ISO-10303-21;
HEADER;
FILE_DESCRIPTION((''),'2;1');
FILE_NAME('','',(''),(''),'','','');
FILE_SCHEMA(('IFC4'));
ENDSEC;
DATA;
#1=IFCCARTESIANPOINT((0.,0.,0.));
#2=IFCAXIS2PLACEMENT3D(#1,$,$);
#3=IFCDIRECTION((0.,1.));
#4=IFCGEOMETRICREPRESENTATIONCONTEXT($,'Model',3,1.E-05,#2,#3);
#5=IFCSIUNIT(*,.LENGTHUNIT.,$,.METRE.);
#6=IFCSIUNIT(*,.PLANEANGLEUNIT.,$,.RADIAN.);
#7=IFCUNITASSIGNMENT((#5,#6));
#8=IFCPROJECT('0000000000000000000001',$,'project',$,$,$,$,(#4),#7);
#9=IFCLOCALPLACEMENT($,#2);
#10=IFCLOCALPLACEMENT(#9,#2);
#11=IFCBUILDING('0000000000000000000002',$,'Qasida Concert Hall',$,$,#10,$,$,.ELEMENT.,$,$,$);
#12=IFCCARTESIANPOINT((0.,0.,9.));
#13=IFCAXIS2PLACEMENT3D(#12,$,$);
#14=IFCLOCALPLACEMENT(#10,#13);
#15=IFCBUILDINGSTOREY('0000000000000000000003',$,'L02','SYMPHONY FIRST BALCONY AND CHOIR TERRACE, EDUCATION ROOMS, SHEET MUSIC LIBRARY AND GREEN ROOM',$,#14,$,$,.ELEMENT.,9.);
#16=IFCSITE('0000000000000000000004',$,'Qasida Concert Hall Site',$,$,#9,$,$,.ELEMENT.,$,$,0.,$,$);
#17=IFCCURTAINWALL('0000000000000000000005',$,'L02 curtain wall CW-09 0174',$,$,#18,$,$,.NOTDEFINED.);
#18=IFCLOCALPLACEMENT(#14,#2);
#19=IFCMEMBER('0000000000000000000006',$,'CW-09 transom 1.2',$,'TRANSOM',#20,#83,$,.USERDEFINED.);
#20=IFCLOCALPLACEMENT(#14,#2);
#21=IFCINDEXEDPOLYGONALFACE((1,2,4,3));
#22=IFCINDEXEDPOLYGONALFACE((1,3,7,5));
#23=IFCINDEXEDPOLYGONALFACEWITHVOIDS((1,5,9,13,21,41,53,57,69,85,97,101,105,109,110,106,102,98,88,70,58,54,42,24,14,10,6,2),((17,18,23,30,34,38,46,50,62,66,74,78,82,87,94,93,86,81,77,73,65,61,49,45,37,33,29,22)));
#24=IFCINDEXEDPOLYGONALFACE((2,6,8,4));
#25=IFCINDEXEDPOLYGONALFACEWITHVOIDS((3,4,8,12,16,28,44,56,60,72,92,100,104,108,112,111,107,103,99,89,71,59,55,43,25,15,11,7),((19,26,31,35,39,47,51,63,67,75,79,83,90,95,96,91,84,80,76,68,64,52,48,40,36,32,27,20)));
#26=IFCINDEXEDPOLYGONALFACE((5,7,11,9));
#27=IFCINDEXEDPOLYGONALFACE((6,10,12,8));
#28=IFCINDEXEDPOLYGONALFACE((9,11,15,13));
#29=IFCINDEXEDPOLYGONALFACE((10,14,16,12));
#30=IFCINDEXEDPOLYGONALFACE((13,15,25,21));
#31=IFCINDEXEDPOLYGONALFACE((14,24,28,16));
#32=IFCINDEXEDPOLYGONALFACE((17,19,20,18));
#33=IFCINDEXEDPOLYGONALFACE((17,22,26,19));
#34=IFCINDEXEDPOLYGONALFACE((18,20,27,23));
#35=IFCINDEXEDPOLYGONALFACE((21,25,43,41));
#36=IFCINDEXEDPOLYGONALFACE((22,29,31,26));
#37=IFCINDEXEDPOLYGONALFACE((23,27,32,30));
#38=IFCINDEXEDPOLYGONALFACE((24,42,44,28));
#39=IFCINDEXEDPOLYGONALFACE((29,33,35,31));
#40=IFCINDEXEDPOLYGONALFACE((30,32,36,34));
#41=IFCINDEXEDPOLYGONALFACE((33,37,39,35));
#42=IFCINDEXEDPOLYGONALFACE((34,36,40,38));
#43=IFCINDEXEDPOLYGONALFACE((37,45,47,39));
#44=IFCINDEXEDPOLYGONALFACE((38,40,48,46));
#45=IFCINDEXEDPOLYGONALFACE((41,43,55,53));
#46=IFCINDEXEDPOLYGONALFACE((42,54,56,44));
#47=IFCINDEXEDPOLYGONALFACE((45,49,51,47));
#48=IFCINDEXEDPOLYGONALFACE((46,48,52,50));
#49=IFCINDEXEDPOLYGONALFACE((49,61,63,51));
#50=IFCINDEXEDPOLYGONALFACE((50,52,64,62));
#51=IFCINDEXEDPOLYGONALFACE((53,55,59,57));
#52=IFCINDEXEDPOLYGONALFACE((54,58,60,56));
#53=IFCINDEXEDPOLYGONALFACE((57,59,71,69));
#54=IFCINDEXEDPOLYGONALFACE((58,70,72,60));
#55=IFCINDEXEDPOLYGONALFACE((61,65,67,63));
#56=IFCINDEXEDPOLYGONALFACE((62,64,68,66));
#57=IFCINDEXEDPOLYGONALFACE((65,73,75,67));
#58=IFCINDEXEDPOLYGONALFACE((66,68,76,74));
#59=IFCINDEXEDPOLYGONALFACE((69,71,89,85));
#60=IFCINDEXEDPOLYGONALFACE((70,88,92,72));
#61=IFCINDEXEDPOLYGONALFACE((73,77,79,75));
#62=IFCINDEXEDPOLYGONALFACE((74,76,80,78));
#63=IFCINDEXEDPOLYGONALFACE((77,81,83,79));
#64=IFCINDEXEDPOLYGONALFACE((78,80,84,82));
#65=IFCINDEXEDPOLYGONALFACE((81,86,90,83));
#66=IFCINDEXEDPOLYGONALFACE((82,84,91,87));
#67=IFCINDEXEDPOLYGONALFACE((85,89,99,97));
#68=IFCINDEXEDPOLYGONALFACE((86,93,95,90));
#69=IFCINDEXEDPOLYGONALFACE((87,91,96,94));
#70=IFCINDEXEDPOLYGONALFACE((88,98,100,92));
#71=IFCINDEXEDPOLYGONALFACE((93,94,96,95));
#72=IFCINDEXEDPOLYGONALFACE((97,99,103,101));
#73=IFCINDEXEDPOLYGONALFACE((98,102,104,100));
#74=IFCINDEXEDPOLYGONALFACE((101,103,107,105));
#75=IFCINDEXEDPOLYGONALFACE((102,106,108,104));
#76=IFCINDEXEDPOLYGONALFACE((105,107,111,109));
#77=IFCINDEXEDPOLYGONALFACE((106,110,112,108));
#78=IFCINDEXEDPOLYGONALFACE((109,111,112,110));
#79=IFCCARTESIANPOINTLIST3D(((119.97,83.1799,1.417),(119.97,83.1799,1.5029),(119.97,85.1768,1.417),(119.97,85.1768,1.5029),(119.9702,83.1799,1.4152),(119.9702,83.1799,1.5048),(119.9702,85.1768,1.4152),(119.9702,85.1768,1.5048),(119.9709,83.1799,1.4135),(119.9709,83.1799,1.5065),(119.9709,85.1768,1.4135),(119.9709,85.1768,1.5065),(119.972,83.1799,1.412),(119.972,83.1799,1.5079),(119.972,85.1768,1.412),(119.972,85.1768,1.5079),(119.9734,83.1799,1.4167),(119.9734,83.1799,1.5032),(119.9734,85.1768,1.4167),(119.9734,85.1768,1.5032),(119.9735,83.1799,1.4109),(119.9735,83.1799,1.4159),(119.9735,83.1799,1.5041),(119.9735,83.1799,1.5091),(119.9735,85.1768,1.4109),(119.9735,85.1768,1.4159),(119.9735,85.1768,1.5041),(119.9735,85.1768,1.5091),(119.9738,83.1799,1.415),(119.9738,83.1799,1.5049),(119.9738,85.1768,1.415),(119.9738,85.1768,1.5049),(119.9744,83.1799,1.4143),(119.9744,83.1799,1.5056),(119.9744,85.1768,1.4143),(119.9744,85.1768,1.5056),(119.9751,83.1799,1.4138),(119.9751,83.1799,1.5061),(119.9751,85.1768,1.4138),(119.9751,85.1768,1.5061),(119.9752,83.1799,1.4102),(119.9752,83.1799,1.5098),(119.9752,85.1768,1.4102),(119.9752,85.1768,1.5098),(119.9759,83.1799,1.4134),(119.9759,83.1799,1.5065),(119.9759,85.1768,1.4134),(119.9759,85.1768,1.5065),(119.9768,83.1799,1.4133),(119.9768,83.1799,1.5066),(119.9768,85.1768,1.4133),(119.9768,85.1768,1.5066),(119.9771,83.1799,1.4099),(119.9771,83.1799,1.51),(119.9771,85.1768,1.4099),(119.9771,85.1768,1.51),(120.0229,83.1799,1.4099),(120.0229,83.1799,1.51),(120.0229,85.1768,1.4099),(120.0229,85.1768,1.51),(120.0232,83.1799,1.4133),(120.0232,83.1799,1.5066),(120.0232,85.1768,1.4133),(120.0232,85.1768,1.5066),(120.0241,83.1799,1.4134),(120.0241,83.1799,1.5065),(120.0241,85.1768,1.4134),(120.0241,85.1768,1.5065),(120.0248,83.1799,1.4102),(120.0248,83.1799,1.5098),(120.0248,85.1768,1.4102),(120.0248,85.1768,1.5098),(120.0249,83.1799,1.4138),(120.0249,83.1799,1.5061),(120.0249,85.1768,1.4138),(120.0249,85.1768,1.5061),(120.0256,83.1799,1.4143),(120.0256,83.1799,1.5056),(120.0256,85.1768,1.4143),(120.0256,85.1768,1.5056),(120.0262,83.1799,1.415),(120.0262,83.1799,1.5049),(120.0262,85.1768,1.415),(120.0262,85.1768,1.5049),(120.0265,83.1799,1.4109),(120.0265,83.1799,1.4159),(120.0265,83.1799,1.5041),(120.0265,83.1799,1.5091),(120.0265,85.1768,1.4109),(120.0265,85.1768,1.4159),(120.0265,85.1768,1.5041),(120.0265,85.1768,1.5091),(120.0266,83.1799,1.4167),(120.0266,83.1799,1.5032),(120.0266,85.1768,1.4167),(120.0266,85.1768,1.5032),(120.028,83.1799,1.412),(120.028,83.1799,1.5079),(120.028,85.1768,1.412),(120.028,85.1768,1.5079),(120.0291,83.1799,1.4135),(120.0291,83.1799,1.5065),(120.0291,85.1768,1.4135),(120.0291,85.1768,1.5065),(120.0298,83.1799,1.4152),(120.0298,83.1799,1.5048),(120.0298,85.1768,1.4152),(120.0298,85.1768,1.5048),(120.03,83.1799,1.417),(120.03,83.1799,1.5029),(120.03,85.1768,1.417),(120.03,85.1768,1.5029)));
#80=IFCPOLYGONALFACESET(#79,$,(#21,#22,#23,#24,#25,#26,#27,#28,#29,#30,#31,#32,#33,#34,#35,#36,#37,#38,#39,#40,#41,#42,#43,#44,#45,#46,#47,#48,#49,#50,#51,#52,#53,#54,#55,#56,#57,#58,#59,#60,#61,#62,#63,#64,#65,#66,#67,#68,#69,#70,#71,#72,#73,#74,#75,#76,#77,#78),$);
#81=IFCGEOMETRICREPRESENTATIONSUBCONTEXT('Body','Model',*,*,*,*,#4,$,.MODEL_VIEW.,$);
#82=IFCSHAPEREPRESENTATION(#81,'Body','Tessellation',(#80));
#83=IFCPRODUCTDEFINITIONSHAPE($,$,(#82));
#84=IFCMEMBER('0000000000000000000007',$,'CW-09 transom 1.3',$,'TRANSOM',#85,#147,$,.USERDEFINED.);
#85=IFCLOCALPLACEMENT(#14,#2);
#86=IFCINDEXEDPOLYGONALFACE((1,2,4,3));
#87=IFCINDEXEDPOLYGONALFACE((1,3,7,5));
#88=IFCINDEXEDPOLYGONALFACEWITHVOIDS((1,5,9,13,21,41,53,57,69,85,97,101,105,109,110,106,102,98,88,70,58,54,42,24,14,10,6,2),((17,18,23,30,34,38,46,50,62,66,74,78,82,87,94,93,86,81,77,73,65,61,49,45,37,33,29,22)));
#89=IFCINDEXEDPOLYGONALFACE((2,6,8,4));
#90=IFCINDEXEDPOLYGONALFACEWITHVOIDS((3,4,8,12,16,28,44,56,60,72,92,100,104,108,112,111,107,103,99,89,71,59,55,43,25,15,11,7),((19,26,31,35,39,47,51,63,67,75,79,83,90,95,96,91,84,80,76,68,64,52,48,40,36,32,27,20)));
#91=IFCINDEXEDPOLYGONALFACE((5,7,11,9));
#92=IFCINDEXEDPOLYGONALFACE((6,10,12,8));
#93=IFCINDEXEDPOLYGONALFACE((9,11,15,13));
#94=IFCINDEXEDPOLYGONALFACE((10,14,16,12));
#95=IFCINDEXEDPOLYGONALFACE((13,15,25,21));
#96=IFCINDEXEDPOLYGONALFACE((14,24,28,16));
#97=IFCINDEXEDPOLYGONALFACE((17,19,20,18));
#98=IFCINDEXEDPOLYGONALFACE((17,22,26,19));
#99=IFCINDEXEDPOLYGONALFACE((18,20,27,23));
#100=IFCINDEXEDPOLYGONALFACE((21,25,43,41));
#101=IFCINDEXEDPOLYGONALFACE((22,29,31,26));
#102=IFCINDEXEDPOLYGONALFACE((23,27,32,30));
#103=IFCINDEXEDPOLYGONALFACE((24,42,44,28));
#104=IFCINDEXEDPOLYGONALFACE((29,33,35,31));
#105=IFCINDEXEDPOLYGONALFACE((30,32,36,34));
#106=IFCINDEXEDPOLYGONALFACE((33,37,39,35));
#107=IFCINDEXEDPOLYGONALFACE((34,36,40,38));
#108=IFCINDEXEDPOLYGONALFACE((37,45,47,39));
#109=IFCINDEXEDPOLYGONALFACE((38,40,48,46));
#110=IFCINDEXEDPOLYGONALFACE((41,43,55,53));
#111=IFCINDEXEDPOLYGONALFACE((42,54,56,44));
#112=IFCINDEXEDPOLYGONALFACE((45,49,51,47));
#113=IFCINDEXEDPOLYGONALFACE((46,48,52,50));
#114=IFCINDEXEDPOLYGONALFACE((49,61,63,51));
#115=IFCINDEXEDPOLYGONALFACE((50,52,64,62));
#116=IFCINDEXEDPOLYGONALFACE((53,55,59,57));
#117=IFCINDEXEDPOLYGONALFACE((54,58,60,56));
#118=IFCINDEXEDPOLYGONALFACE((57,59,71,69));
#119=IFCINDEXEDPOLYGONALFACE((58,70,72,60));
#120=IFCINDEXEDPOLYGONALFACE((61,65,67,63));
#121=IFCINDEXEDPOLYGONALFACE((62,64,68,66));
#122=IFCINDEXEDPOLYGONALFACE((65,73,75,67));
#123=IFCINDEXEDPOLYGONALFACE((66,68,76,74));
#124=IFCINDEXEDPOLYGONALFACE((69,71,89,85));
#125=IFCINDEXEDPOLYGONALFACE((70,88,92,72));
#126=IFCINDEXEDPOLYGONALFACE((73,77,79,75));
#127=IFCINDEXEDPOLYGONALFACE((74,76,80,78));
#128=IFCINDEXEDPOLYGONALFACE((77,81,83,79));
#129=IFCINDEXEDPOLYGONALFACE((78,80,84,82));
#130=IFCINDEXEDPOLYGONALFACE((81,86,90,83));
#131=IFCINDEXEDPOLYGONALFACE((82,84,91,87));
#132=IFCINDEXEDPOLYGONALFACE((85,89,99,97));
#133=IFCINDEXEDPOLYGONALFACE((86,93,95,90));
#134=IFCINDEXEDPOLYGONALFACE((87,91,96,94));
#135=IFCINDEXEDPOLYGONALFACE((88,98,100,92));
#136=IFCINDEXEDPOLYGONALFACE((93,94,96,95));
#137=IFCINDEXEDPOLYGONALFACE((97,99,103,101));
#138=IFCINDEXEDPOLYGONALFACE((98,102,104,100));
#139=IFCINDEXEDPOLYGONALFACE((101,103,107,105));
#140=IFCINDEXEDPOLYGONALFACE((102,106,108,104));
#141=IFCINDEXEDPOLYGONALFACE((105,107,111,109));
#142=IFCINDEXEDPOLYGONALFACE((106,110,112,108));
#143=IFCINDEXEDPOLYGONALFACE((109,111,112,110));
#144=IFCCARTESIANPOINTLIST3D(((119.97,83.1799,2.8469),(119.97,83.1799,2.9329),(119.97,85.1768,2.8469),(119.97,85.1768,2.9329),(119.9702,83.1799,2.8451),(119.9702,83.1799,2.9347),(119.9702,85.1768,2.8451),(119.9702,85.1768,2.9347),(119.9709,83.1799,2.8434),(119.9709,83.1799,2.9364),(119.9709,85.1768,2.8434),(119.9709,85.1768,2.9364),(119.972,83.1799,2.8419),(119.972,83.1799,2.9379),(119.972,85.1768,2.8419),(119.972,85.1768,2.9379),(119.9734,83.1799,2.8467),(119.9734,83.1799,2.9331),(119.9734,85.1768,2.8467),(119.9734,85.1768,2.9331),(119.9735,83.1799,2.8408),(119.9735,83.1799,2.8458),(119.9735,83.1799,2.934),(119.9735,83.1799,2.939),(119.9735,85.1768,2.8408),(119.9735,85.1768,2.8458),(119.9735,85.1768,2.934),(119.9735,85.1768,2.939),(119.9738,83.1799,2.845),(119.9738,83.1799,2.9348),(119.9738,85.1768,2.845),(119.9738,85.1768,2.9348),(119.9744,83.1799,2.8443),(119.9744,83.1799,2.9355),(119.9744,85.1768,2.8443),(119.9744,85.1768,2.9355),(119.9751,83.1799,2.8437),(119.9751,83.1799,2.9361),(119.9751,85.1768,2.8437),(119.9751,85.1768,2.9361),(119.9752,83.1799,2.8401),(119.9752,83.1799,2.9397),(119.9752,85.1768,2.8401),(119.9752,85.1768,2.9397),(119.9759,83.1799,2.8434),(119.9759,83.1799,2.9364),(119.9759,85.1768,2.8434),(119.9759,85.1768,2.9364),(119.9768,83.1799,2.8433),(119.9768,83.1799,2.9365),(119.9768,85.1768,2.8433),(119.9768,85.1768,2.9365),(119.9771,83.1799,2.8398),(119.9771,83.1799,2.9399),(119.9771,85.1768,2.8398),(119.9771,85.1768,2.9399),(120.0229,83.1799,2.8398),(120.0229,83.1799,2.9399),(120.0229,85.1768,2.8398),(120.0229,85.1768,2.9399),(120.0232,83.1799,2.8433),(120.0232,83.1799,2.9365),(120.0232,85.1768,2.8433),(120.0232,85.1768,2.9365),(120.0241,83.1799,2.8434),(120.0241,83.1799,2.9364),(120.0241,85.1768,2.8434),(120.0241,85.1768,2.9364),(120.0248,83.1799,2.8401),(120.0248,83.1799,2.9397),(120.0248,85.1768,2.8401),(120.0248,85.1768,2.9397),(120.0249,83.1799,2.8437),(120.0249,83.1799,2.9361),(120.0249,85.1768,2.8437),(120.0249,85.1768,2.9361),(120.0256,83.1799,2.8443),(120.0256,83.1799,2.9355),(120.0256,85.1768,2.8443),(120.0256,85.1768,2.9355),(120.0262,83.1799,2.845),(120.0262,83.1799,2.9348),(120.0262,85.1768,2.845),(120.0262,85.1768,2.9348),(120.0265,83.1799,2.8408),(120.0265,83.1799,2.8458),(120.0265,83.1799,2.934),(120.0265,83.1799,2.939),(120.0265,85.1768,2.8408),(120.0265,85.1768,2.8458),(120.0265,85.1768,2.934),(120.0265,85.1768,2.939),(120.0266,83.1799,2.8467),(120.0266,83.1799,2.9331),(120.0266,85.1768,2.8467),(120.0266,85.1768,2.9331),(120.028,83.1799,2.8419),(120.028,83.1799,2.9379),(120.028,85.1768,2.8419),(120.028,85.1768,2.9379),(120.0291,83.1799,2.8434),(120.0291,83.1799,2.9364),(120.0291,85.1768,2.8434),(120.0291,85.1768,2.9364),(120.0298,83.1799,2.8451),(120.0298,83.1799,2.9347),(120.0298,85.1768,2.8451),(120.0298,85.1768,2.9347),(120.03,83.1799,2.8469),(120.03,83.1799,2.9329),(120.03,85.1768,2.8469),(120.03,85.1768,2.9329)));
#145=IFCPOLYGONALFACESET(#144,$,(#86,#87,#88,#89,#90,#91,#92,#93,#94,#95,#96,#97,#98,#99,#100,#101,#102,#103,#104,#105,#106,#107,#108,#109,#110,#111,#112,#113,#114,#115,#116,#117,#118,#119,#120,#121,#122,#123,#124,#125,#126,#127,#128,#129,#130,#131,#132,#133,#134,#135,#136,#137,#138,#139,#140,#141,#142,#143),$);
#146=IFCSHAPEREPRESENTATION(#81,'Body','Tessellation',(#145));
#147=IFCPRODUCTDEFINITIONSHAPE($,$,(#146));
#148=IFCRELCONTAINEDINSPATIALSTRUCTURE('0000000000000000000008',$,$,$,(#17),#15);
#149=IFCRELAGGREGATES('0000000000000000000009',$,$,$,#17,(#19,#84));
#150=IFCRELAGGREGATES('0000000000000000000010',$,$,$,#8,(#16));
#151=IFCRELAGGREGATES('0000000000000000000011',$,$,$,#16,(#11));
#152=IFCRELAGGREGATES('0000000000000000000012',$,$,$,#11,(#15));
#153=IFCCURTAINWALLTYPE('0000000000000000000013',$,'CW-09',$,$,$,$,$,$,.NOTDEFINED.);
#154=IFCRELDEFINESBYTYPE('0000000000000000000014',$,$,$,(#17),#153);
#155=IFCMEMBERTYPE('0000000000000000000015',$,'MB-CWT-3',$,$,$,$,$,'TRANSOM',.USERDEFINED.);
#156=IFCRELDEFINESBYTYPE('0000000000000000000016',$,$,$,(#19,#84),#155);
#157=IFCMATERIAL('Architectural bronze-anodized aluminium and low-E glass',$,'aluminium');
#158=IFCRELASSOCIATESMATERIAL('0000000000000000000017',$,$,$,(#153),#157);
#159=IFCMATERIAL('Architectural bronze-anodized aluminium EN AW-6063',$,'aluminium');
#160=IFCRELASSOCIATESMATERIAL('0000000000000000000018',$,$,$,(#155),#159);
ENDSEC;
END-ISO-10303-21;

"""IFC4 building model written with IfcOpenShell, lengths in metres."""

from ifc_helpers import new_model, si_unit, direction, frame, origin, origin_2d, place, context, subcontext, project, spatial, hollow_rectangle, extrude, material, material_profile, profile_set, type_object, element, aggregate, save


model = new_model("IFC4")

# Units and contexts
model_context = context("Model", 3, precision=1e-05, world=origin(), true_north=direction((0.0, 1.0)))
body_context = subcontext(model_context, "Body", "Model", "MODEL_VIEW")
ifc_project = project(units=[si_unit("LENGTHUNIT", "METRE"), si_unit("PLANEANGLEUNIT", "RADIAN")], contexts=[model_context])

# Site, building, storey
site_placement = place(None, origin())
site = spatial("IfcSite", under=ifc_project, at=site_placement, Name="Qasida Concert Hall Site", CompositionType="ELEMENT", RefElevation=0.0)
building_placement = place(site_placement, origin())
building = spatial("IfcBuilding", under=site, at=building_placement, Name="Qasida Concert Hall", CompositionType="ELEMENT")
storey_placement = place(building_placement, frame((0.0, 0.0, 9.0)))
storey = spatial("IfcBuildingStorey", under=building, at=storey_placement, Name="L02", Description="SYMPHONY FIRST BALCONY AND CHOIR TERRACE, EDUCATION ROOMS, SHEET MUSIC LIBRARY AND GREEN ROOM", CompositionType="ELEMENT", Elevation=9.0)

# Curtain wall, members
ifc_material_1 = material(Name="Architectural bronze-anodized aluminium and low-E glass", Category="aluminium")
curtain_wall_type = type_object("IfcCurtainWallType", Name="CW-09", PredefinedType="NOTDEFINED", material=ifc_material_1)
curtain_wall_placement = place(storey_placement, origin())
curtain_wall = element("IfcCurtainWall", 1, at=curtain_wall_placement, inside=storey, type_object=curtain_wall_type, Name="L02 curtain wall CW-09 0174", PredefinedType="NOTDEFINED")
ifc_material_2 = material(Name="Architectural bronze-anodized aluminium EN AW-6063", Category="aluminium")
ifc_material_profile_1 = material_profile(ifc_material_2, hollow_rectangle(XDim=0.0601, YDim=0.1001, WallThickness=0.0034, InnerFilletRadius=0.0034, OuterFilletRadius=0.0071, at=origin_2d()), Name="CWT 100x60x3.5")
ifc_profile_set_1 = profile_set([ifc_material_profile_1], Name="Architectural bronze-anodized aluminium EN AW-6063")
member_type_1 = type_object("IfcMemberType", Name="MB-CWT-3", ElementType="TRANSOM", PredefinedType="USERDEFINED", material=ifc_profile_set_1)
member_1_placement = place(storey_placement, frame((120.0, 83.1799, 1.46), z_axis=(0.0, 1.0, 0.0), x_axis=(-1.0, 0.0, 0.0)))
member_1 = element("IfcMember", 2, at=member_1_placement, type_object=member_type_1, Name="CW-09 transom 1.2", ObjectType="TRANSOM", PredefinedType="USERDEFINED", context=body_context, shape_type="SweptSolid", body=[
    extrude(hollow_rectangle(XDim=0.0601, YDim=0.1001, WallThickness=0.0034, InnerFilletRadius=0.0034, OuterFilletRadius=0.0071, at=origin_2d()), origin(), (0.0, 0.0, 1.0), 1.9968),
])
member_2_placement = place(storey_placement, frame((120.0, 83.1799, 2.8899), z_axis=(0.0, 1.0, 0.0), x_axis=(-1.0, 0.0, 0.0)))
member_2 = element("IfcMember", 3, at=member_2_placement, type_object=member_type_1, Name="CW-09 transom 1.3", ObjectType="TRANSOM", PredefinedType="USERDEFINED", context=body_context, shape_type="SweptSolid", body=[
    extrude(hollow_rectangle(XDim=0.0601, YDim=0.1001, WallThickness=0.0034, InnerFilletRadius=0.0034, OuterFilletRadius=0.0071, at=origin_2d()), origin(), (0.0, 0.0, 1.0), 1.9968),
])
aggregate(curtain_wall, [member_1, member_2])

save(model, "model.ifc")
